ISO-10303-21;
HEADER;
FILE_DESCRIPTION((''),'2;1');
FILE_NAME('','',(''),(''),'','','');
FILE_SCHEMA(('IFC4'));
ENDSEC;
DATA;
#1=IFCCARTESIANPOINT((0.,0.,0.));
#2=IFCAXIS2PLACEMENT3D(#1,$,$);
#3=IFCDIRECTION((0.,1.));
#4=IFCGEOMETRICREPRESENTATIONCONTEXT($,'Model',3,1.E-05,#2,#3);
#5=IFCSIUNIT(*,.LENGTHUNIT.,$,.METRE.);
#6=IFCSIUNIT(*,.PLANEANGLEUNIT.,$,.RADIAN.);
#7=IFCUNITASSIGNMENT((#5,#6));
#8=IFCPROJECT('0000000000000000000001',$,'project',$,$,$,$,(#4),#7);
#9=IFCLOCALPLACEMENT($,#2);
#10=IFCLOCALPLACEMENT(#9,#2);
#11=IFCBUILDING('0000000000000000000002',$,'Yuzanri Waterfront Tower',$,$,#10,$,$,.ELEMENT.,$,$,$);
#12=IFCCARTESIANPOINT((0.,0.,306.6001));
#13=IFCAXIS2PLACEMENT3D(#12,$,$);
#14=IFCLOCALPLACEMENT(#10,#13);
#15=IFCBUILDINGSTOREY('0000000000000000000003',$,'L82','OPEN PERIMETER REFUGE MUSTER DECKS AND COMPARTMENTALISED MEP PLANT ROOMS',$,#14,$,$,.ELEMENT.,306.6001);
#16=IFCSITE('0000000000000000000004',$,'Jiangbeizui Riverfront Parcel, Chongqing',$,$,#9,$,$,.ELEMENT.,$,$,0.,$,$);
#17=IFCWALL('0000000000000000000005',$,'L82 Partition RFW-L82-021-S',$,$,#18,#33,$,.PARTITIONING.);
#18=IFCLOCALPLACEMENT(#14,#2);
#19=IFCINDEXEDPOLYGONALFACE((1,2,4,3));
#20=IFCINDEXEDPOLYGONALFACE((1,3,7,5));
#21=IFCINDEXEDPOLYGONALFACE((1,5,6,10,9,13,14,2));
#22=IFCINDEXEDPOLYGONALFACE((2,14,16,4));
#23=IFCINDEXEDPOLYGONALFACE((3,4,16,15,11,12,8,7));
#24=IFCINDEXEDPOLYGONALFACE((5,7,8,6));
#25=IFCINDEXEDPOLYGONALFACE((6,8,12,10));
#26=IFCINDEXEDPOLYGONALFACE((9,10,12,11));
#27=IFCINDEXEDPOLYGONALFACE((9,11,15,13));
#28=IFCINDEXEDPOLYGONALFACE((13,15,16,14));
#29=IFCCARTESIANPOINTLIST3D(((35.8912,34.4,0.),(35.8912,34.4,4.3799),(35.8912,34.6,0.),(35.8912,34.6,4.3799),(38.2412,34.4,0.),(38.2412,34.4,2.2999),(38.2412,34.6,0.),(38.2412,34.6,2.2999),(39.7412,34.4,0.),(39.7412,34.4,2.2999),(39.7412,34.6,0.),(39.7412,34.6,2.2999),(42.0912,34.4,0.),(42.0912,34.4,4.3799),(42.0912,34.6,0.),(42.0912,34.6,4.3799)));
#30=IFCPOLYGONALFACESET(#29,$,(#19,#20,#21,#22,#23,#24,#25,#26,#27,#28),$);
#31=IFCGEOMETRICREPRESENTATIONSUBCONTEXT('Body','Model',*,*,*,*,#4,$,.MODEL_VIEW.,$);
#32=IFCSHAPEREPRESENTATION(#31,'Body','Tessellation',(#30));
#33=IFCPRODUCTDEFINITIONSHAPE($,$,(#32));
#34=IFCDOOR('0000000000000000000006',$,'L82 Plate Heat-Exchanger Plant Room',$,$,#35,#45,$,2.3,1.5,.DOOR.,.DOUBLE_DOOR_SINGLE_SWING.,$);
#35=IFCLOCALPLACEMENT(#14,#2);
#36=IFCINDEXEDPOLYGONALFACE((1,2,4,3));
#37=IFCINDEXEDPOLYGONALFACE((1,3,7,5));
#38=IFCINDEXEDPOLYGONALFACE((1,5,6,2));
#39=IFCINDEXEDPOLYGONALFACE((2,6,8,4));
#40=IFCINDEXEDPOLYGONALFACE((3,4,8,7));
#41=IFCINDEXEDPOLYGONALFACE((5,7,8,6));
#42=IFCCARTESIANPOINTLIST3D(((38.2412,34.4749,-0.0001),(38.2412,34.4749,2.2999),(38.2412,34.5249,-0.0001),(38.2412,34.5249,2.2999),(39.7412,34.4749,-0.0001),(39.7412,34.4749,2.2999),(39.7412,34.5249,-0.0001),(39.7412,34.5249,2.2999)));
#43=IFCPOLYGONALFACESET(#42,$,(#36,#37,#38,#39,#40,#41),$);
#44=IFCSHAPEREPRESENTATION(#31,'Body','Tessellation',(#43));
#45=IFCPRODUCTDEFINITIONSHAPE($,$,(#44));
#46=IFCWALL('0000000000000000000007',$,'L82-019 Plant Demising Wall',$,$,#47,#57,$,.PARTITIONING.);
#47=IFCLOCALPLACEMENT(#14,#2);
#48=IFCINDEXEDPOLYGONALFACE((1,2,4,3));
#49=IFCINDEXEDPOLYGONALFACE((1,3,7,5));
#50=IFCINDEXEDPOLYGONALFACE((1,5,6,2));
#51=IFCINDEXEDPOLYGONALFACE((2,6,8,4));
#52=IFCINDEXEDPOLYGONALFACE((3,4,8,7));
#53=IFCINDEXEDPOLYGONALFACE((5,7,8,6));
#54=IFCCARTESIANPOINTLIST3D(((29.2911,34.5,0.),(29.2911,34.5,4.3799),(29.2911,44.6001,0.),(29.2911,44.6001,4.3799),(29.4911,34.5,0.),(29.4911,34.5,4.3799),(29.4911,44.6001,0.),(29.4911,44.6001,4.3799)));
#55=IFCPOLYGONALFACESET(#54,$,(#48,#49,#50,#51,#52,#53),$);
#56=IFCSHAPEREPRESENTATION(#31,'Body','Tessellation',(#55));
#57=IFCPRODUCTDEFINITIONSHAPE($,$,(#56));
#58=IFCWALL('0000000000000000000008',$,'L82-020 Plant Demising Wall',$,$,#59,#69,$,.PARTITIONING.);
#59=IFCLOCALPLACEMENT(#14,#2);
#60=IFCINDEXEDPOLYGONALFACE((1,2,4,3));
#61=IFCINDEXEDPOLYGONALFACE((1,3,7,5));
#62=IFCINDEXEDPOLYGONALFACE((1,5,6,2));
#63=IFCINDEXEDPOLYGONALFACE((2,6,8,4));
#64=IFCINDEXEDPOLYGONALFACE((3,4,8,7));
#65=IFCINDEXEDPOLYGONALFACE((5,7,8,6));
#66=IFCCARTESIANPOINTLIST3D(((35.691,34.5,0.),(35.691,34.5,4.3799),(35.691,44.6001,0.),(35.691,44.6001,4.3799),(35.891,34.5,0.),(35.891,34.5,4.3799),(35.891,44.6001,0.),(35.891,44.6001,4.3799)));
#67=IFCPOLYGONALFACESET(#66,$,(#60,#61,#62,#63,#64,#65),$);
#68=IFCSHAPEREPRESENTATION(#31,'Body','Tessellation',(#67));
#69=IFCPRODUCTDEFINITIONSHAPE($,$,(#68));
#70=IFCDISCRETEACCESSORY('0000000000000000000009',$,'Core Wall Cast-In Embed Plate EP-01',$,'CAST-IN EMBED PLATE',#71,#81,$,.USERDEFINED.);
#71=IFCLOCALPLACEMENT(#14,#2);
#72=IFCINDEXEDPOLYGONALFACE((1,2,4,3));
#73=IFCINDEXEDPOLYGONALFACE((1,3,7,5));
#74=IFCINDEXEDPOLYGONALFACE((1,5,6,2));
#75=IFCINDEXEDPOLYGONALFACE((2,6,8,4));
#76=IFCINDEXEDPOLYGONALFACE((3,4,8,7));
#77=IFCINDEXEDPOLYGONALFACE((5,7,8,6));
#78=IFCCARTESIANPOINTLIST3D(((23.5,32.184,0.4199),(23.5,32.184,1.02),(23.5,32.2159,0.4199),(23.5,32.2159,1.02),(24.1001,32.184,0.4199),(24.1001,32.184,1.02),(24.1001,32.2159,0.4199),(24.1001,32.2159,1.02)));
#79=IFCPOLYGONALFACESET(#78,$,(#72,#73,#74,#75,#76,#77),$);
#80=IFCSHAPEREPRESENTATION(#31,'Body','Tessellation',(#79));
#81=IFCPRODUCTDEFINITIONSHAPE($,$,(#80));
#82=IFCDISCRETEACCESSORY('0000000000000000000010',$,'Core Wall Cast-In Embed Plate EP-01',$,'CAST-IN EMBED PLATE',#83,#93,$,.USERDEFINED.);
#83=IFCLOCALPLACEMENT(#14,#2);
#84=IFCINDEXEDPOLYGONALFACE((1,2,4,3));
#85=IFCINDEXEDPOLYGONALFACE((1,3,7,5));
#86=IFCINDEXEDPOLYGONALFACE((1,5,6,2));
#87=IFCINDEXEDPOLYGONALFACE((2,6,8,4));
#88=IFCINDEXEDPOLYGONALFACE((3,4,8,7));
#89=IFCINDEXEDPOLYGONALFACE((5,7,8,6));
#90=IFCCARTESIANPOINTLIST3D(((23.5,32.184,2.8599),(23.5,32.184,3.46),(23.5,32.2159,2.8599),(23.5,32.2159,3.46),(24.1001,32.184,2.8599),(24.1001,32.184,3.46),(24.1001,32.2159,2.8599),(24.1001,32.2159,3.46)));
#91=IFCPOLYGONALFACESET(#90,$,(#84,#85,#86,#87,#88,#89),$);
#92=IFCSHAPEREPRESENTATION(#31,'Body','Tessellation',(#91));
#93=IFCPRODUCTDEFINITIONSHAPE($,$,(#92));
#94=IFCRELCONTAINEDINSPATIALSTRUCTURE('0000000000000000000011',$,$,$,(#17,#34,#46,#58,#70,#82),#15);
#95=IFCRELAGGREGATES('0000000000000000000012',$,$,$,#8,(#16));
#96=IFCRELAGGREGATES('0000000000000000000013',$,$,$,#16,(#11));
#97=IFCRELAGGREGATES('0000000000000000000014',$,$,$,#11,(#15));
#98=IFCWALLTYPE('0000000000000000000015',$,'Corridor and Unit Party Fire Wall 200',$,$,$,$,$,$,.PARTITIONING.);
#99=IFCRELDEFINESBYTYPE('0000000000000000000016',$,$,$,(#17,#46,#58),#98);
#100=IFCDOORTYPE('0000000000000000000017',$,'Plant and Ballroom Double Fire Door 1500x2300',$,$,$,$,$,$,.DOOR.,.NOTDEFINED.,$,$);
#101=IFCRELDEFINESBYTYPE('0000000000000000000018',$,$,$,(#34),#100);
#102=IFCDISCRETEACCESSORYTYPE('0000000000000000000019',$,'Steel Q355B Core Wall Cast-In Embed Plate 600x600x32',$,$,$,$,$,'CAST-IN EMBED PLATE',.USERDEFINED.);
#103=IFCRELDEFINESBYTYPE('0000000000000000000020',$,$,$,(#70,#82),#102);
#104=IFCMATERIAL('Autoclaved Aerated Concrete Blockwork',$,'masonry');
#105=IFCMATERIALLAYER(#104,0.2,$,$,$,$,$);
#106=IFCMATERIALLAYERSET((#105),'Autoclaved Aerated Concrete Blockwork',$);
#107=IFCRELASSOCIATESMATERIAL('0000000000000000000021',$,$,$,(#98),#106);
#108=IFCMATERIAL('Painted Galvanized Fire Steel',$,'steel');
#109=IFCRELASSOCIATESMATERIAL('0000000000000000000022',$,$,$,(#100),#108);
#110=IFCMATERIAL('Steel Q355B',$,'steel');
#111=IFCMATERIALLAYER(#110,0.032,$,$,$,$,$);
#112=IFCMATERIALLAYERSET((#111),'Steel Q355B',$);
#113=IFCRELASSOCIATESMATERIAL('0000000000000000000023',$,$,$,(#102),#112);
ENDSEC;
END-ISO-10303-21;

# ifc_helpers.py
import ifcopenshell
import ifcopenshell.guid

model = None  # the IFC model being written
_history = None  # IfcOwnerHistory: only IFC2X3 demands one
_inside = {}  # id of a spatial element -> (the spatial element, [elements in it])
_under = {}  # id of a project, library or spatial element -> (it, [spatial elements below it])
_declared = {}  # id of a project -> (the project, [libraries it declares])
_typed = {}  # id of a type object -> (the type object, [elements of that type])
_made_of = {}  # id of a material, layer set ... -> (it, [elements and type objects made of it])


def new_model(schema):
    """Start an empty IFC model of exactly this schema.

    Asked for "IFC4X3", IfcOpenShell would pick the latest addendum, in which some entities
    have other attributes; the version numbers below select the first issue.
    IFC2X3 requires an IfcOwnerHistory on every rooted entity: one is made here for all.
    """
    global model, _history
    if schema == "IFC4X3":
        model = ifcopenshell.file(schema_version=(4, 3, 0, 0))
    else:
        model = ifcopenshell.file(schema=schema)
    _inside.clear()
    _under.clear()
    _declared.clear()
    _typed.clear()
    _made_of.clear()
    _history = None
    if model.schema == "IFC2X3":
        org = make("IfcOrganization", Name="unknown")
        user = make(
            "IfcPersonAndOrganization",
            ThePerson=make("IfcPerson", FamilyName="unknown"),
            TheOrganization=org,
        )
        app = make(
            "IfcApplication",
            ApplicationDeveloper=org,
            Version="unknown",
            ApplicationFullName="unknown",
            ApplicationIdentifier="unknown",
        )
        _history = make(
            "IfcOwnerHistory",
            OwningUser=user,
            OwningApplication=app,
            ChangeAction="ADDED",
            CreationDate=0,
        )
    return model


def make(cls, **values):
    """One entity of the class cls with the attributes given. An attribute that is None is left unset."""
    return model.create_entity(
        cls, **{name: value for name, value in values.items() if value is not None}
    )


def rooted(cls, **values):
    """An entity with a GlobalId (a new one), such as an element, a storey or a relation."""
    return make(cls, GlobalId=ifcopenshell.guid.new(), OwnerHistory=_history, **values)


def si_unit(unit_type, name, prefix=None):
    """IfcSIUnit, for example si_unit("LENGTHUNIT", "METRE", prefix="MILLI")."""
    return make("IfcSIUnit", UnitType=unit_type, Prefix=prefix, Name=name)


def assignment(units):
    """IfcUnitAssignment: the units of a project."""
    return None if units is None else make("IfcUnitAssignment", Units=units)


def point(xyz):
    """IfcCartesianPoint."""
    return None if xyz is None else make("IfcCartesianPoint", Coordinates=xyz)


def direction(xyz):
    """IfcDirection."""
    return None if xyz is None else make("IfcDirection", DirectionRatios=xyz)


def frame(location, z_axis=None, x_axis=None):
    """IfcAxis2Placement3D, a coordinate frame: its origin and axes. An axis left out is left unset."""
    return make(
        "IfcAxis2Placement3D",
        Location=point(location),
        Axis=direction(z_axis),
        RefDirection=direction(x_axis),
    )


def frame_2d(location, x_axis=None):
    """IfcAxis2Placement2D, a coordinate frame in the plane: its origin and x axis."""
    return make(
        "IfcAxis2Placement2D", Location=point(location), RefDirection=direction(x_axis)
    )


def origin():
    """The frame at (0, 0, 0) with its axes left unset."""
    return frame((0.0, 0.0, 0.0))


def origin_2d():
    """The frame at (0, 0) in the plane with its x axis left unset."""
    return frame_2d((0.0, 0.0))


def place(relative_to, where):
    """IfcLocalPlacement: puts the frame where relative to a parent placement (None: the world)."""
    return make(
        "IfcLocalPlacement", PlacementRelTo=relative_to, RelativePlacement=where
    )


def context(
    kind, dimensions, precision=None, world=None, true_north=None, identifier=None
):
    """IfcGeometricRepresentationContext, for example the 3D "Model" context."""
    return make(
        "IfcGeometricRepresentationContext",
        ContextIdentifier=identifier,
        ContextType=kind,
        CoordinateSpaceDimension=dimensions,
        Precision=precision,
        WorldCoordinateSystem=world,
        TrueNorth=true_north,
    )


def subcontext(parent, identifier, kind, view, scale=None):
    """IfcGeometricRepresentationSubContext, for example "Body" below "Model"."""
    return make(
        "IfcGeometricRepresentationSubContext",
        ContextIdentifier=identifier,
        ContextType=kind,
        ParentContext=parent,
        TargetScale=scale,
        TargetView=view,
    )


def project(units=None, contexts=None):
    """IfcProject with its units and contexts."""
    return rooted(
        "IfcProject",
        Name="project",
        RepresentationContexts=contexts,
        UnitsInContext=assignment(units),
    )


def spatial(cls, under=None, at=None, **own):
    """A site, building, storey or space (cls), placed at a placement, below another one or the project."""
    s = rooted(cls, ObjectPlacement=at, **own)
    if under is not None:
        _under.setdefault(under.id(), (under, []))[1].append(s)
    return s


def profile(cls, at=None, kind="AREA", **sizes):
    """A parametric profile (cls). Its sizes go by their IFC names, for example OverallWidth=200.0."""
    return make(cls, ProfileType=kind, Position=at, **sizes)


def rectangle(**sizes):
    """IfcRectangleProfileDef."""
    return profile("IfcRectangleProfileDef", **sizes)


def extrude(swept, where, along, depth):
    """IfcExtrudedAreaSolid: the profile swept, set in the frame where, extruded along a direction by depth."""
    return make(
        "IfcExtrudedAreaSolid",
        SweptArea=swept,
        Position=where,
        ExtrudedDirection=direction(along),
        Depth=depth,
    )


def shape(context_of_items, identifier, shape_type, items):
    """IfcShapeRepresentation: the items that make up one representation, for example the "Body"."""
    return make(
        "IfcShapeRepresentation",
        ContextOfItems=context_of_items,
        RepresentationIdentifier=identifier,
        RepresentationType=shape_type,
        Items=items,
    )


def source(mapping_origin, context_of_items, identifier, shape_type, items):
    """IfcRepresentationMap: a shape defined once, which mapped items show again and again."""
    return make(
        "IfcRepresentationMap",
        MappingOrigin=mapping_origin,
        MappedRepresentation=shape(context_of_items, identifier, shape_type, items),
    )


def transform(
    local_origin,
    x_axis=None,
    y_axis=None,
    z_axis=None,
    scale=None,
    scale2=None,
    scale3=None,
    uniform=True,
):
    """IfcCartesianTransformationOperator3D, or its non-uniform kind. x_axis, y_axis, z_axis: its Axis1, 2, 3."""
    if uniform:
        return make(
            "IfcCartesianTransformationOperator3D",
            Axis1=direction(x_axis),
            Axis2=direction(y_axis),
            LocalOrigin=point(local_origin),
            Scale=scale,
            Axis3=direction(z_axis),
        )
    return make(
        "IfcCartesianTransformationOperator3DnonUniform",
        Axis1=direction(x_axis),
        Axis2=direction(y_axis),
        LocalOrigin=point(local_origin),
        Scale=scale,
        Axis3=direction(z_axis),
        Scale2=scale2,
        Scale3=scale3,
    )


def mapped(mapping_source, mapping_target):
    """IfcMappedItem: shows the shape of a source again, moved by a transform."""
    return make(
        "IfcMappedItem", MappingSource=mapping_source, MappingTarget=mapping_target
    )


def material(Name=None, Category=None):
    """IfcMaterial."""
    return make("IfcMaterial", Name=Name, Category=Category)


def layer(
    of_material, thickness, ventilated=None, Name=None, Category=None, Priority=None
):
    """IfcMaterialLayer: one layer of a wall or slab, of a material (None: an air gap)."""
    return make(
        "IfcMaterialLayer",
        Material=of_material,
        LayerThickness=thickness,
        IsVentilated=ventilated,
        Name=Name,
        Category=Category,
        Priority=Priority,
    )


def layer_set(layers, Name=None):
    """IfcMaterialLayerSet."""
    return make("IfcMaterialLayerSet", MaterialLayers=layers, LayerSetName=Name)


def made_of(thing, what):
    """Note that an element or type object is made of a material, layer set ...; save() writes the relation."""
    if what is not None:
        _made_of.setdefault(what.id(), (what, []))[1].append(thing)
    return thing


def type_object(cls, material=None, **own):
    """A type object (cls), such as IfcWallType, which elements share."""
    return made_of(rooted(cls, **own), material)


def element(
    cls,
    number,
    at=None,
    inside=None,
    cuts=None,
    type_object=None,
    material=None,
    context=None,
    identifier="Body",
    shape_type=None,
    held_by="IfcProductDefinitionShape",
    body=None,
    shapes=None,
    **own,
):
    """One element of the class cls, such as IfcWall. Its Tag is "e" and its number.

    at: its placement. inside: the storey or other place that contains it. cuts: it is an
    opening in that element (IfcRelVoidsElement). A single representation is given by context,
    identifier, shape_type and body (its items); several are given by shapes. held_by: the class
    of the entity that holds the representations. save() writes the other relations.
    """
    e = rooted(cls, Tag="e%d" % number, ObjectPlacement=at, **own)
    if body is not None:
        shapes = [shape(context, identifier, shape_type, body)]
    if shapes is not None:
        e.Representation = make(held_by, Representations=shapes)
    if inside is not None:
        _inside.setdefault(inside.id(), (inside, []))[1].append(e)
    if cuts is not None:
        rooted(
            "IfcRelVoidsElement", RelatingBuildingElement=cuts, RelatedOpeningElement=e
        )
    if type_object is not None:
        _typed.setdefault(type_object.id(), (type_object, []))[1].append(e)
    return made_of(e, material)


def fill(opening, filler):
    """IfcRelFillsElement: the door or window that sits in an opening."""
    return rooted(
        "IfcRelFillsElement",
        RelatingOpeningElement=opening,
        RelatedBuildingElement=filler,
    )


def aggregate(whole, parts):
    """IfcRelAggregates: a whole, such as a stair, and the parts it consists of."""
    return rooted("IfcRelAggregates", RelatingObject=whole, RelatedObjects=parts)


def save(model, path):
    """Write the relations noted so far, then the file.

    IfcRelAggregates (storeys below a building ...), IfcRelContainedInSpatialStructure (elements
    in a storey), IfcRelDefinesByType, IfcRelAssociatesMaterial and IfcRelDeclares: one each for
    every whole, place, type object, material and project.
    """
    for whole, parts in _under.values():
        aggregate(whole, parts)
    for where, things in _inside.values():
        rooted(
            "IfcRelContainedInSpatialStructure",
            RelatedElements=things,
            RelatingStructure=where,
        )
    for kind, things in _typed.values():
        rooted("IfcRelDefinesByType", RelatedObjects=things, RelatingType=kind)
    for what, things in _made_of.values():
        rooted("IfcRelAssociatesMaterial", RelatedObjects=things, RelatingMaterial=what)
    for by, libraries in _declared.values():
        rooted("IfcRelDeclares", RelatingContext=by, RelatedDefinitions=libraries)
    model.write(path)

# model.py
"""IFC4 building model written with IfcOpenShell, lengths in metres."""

from ifc_helpers import new_model, si_unit, direction, frame, frame_2d, origin, origin_2d, place, context, subcontext, project, spatial, rectangle, extrude, source, transform, mapped, material, layer, layer_set, type_object, element, fill, save


model = new_model("IFC4")

# Units and contexts
model_context = context("Model", 3, precision=1e-05, world=origin(), true_north=direction((0.0, 1.0)))
body_context = subcontext(model_context, "Body", "Model", "MODEL_VIEW")
ifc_project = project(units=[si_unit("LENGTHUNIT", "METRE"), si_unit("PLANEANGLEUNIT", "RADIAN")], contexts=[model_context])

# Site, building, storey
site_placement = place(None, origin())
site = spatial("IfcSite", under=ifc_project, at=site_placement, Name="Jiangbeizui Riverfront Parcel, Chongqing", CompositionType="ELEMENT", RefElevation=0.0)
building_placement = place(site_placement, origin())
building = spatial("IfcBuilding", under=site, at=building_placement, Name="Yuzanri Waterfront Tower", CompositionType="ELEMENT")
storey_placement = place(building_placement, frame((0.0, 0.0, 306.6001)))
storey = spatial("IfcBuildingStorey", under=building, at=storey_placement, Name="L82", Description="OPEN PERIMETER REFUGE MUSTER DECKS AND COMPARTMENTALISED MEP PLANT ROOMS", CompositionType="ELEMENT", Elevation=306.6001)

# Wall, opening, door
ifc_material_1 = material(Name="Autoclaved Aerated Concrete Blockwork", Category="masonry")
ifc_layer_1 = layer(ifc_material_1, 0.2)
ifc_layer_set_1 = layer_set([ifc_layer_1], Name="Autoclaved Aerated Concrete Blockwork")
wall_type = type_object("IfcWallType", Name="Corridor and Unit Party Fire Wall 200", PredefinedType="PARTITIONING", material=ifc_layer_set_1)
ifc_material_2 = material(Name="Painted Galvanized Fire Steel", Category="steel")
door_type = type_object("IfcDoorType", Name="Plant and Ballroom Double Fire Door 1500x2300", OperationType="NOTDEFINED", PredefinedType="DOOR", material=ifc_material_2)
shared_shape_1 = source(origin(), body_context, "Body", "SweptSolid", [
    extrude(rectangle(XDim=1.5, YDim=2.3, at=frame_2d((0.75, 1.1499))), frame((0.0, 0.0249, 0.0), z_axis=(0.0, -1.0, 0.0), x_axis=(1.0, 0.0, 0.0)), (0.0, 0.0, 1.0), 0.05),
])
wall_1_placement = place(storey_placement, frame((35.8911, 34.5, 0.0), z_axis=(0.0, 0.0, 1.0), x_axis=(1.0, 0.0, 0.0)))
wall_1 = element("IfcWall", 1, at=wall_1_placement, inside=storey, type_object=wall_type, Name="L82 Partition RFW-L82-021-S", PredefinedType="PARTITIONING", context=body_context, shape_type="SweptSolid", body=[
    extrude(rectangle(XDim=6.2, YDim=0.2, at=frame_2d((3.1001, 0.0))), origin(), (0.0, 0.0, 1.0), 4.3799),
])
opening_1_placement = place(wall_1_placement, frame((2.3501, 0.0, 0.0)))
opening_1 = element("IfcOpeningElement", 2, at=opening_1_placement, cuts=wall_1, PredefinedType="OPENING", context=body_context, shape_type="SweptSolid", body=[
    extrude(rectangle(XDim=1.5, YDim=2.3, at=frame_2d((0.75, 1.1499))), frame((0.0, 0.1147, 0.0), z_axis=(0.0, -1.0, 0.0), x_axis=(1.0, 0.0, 0.0)), (0.0, 0.0, 1.0), 0.2297),
])
door_1_placement = place(opening_1_placement, origin())
door_1 = element("IfcDoor", 3, at=door_1_placement, inside=storey, type_object=door_type, Name="L82 Plate Heat-Exchanger Plant Room", OperationType="DOUBLE_DOOR_SINGLE_SWING", OverallHeight=2.3, OverallWidth=1.5, PredefinedType="DOOR", context=body_context, shape_type="MappedRepresentation", body=[
    mapped(shared_shape_1, transform((0.0, 0.0, 0.0), scale=1.0)),
])
fill(opening_1, door_1)

# Walls
shared_shape_2 = source(origin(), body_context, "Body", "SweptSolid", [
    extrude(rectangle(XDim=10.1001, YDim=0.2, at=frame_2d((5.05, 0.0))), origin(), (0.0, 0.0, 1.0), 4.3799),
])
for number, where, z_axis, x_axis, name in (
    (4, (29.3911, 34.5, 0.0), (0.0, 0.0, 1.0), (0.0, 1.0, 0.0), "L82-019 Plant Demising Wall"),
    (5, (35.791, 34.5, 0.0), (0.0, 0.0, 1.0), (0.0, 1.0, 0.0), "L82-020 Plant Demising Wall"),
):
    element("IfcWall", number, at=place(storey_placement, frame(where, z_axis=z_axis, x_axis=x_axis)), inside=storey, type_object=wall_type, Name=name, PredefinedType="PARTITIONING", context=body_context, shape_type="MappedRepresentation", body=[
        mapped(shared_shape_2, transform((0.0, 0.0, 0.0), scale=1.0)),
    ])

# Discrete accessories
ifc_material_3 = material(Name="Steel Q355B", Category="steel")
ifc_layer_2 = layer(ifc_material_3, 0.032)
ifc_layer_set_2 = layer_set([ifc_layer_2], Name="Steel Q355B")
discrete_accessory_type = type_object("IfcDiscreteAccessoryType", Name="Steel Q355B Core Wall Cast-In Embed Plate 600x600x32", ElementType="CAST-IN EMBED PLATE", PredefinedType="USERDEFINED", material=ifc_layer_set_2)
shared_shape_3 = source(origin(), body_context, "Body", "SweptSolid", [
    extrude(rectangle(XDim=0.6001, YDim=0.032, at=origin_2d()), origin(), (0.0, 0.0, 1.0), 0.6001),
])
for number, where, z_axis, x_axis, name in (
    (6, (23.8, 32.2, 0.4199), (0.0, 0.0, 1.0), (1.0, 0.0, 0.0), "Core Wall Cast-In Embed Plate EP-01"),
    (7, (23.8, 32.2, 2.8599), (0.0, 0.0, 1.0), (1.0, 0.0, 0.0), "Core Wall Cast-In Embed Plate EP-01"),
):
    element("IfcDiscreteAccessory", number, at=place(storey_placement, frame(where, z_axis=z_axis, x_axis=x_axis)), inside=storey, type_object=discrete_accessory_type, Name=name, ObjectType="CAST-IN EMBED PLATE", PredefinedType="USERDEFINED", context=body_context, shape_type="MappedRepresentation", body=[
        mapped(shared_shape_3, transform((0.0, 0.0, 0.0), scale=1.0)),
    ])

save(model, "model.ifc")
